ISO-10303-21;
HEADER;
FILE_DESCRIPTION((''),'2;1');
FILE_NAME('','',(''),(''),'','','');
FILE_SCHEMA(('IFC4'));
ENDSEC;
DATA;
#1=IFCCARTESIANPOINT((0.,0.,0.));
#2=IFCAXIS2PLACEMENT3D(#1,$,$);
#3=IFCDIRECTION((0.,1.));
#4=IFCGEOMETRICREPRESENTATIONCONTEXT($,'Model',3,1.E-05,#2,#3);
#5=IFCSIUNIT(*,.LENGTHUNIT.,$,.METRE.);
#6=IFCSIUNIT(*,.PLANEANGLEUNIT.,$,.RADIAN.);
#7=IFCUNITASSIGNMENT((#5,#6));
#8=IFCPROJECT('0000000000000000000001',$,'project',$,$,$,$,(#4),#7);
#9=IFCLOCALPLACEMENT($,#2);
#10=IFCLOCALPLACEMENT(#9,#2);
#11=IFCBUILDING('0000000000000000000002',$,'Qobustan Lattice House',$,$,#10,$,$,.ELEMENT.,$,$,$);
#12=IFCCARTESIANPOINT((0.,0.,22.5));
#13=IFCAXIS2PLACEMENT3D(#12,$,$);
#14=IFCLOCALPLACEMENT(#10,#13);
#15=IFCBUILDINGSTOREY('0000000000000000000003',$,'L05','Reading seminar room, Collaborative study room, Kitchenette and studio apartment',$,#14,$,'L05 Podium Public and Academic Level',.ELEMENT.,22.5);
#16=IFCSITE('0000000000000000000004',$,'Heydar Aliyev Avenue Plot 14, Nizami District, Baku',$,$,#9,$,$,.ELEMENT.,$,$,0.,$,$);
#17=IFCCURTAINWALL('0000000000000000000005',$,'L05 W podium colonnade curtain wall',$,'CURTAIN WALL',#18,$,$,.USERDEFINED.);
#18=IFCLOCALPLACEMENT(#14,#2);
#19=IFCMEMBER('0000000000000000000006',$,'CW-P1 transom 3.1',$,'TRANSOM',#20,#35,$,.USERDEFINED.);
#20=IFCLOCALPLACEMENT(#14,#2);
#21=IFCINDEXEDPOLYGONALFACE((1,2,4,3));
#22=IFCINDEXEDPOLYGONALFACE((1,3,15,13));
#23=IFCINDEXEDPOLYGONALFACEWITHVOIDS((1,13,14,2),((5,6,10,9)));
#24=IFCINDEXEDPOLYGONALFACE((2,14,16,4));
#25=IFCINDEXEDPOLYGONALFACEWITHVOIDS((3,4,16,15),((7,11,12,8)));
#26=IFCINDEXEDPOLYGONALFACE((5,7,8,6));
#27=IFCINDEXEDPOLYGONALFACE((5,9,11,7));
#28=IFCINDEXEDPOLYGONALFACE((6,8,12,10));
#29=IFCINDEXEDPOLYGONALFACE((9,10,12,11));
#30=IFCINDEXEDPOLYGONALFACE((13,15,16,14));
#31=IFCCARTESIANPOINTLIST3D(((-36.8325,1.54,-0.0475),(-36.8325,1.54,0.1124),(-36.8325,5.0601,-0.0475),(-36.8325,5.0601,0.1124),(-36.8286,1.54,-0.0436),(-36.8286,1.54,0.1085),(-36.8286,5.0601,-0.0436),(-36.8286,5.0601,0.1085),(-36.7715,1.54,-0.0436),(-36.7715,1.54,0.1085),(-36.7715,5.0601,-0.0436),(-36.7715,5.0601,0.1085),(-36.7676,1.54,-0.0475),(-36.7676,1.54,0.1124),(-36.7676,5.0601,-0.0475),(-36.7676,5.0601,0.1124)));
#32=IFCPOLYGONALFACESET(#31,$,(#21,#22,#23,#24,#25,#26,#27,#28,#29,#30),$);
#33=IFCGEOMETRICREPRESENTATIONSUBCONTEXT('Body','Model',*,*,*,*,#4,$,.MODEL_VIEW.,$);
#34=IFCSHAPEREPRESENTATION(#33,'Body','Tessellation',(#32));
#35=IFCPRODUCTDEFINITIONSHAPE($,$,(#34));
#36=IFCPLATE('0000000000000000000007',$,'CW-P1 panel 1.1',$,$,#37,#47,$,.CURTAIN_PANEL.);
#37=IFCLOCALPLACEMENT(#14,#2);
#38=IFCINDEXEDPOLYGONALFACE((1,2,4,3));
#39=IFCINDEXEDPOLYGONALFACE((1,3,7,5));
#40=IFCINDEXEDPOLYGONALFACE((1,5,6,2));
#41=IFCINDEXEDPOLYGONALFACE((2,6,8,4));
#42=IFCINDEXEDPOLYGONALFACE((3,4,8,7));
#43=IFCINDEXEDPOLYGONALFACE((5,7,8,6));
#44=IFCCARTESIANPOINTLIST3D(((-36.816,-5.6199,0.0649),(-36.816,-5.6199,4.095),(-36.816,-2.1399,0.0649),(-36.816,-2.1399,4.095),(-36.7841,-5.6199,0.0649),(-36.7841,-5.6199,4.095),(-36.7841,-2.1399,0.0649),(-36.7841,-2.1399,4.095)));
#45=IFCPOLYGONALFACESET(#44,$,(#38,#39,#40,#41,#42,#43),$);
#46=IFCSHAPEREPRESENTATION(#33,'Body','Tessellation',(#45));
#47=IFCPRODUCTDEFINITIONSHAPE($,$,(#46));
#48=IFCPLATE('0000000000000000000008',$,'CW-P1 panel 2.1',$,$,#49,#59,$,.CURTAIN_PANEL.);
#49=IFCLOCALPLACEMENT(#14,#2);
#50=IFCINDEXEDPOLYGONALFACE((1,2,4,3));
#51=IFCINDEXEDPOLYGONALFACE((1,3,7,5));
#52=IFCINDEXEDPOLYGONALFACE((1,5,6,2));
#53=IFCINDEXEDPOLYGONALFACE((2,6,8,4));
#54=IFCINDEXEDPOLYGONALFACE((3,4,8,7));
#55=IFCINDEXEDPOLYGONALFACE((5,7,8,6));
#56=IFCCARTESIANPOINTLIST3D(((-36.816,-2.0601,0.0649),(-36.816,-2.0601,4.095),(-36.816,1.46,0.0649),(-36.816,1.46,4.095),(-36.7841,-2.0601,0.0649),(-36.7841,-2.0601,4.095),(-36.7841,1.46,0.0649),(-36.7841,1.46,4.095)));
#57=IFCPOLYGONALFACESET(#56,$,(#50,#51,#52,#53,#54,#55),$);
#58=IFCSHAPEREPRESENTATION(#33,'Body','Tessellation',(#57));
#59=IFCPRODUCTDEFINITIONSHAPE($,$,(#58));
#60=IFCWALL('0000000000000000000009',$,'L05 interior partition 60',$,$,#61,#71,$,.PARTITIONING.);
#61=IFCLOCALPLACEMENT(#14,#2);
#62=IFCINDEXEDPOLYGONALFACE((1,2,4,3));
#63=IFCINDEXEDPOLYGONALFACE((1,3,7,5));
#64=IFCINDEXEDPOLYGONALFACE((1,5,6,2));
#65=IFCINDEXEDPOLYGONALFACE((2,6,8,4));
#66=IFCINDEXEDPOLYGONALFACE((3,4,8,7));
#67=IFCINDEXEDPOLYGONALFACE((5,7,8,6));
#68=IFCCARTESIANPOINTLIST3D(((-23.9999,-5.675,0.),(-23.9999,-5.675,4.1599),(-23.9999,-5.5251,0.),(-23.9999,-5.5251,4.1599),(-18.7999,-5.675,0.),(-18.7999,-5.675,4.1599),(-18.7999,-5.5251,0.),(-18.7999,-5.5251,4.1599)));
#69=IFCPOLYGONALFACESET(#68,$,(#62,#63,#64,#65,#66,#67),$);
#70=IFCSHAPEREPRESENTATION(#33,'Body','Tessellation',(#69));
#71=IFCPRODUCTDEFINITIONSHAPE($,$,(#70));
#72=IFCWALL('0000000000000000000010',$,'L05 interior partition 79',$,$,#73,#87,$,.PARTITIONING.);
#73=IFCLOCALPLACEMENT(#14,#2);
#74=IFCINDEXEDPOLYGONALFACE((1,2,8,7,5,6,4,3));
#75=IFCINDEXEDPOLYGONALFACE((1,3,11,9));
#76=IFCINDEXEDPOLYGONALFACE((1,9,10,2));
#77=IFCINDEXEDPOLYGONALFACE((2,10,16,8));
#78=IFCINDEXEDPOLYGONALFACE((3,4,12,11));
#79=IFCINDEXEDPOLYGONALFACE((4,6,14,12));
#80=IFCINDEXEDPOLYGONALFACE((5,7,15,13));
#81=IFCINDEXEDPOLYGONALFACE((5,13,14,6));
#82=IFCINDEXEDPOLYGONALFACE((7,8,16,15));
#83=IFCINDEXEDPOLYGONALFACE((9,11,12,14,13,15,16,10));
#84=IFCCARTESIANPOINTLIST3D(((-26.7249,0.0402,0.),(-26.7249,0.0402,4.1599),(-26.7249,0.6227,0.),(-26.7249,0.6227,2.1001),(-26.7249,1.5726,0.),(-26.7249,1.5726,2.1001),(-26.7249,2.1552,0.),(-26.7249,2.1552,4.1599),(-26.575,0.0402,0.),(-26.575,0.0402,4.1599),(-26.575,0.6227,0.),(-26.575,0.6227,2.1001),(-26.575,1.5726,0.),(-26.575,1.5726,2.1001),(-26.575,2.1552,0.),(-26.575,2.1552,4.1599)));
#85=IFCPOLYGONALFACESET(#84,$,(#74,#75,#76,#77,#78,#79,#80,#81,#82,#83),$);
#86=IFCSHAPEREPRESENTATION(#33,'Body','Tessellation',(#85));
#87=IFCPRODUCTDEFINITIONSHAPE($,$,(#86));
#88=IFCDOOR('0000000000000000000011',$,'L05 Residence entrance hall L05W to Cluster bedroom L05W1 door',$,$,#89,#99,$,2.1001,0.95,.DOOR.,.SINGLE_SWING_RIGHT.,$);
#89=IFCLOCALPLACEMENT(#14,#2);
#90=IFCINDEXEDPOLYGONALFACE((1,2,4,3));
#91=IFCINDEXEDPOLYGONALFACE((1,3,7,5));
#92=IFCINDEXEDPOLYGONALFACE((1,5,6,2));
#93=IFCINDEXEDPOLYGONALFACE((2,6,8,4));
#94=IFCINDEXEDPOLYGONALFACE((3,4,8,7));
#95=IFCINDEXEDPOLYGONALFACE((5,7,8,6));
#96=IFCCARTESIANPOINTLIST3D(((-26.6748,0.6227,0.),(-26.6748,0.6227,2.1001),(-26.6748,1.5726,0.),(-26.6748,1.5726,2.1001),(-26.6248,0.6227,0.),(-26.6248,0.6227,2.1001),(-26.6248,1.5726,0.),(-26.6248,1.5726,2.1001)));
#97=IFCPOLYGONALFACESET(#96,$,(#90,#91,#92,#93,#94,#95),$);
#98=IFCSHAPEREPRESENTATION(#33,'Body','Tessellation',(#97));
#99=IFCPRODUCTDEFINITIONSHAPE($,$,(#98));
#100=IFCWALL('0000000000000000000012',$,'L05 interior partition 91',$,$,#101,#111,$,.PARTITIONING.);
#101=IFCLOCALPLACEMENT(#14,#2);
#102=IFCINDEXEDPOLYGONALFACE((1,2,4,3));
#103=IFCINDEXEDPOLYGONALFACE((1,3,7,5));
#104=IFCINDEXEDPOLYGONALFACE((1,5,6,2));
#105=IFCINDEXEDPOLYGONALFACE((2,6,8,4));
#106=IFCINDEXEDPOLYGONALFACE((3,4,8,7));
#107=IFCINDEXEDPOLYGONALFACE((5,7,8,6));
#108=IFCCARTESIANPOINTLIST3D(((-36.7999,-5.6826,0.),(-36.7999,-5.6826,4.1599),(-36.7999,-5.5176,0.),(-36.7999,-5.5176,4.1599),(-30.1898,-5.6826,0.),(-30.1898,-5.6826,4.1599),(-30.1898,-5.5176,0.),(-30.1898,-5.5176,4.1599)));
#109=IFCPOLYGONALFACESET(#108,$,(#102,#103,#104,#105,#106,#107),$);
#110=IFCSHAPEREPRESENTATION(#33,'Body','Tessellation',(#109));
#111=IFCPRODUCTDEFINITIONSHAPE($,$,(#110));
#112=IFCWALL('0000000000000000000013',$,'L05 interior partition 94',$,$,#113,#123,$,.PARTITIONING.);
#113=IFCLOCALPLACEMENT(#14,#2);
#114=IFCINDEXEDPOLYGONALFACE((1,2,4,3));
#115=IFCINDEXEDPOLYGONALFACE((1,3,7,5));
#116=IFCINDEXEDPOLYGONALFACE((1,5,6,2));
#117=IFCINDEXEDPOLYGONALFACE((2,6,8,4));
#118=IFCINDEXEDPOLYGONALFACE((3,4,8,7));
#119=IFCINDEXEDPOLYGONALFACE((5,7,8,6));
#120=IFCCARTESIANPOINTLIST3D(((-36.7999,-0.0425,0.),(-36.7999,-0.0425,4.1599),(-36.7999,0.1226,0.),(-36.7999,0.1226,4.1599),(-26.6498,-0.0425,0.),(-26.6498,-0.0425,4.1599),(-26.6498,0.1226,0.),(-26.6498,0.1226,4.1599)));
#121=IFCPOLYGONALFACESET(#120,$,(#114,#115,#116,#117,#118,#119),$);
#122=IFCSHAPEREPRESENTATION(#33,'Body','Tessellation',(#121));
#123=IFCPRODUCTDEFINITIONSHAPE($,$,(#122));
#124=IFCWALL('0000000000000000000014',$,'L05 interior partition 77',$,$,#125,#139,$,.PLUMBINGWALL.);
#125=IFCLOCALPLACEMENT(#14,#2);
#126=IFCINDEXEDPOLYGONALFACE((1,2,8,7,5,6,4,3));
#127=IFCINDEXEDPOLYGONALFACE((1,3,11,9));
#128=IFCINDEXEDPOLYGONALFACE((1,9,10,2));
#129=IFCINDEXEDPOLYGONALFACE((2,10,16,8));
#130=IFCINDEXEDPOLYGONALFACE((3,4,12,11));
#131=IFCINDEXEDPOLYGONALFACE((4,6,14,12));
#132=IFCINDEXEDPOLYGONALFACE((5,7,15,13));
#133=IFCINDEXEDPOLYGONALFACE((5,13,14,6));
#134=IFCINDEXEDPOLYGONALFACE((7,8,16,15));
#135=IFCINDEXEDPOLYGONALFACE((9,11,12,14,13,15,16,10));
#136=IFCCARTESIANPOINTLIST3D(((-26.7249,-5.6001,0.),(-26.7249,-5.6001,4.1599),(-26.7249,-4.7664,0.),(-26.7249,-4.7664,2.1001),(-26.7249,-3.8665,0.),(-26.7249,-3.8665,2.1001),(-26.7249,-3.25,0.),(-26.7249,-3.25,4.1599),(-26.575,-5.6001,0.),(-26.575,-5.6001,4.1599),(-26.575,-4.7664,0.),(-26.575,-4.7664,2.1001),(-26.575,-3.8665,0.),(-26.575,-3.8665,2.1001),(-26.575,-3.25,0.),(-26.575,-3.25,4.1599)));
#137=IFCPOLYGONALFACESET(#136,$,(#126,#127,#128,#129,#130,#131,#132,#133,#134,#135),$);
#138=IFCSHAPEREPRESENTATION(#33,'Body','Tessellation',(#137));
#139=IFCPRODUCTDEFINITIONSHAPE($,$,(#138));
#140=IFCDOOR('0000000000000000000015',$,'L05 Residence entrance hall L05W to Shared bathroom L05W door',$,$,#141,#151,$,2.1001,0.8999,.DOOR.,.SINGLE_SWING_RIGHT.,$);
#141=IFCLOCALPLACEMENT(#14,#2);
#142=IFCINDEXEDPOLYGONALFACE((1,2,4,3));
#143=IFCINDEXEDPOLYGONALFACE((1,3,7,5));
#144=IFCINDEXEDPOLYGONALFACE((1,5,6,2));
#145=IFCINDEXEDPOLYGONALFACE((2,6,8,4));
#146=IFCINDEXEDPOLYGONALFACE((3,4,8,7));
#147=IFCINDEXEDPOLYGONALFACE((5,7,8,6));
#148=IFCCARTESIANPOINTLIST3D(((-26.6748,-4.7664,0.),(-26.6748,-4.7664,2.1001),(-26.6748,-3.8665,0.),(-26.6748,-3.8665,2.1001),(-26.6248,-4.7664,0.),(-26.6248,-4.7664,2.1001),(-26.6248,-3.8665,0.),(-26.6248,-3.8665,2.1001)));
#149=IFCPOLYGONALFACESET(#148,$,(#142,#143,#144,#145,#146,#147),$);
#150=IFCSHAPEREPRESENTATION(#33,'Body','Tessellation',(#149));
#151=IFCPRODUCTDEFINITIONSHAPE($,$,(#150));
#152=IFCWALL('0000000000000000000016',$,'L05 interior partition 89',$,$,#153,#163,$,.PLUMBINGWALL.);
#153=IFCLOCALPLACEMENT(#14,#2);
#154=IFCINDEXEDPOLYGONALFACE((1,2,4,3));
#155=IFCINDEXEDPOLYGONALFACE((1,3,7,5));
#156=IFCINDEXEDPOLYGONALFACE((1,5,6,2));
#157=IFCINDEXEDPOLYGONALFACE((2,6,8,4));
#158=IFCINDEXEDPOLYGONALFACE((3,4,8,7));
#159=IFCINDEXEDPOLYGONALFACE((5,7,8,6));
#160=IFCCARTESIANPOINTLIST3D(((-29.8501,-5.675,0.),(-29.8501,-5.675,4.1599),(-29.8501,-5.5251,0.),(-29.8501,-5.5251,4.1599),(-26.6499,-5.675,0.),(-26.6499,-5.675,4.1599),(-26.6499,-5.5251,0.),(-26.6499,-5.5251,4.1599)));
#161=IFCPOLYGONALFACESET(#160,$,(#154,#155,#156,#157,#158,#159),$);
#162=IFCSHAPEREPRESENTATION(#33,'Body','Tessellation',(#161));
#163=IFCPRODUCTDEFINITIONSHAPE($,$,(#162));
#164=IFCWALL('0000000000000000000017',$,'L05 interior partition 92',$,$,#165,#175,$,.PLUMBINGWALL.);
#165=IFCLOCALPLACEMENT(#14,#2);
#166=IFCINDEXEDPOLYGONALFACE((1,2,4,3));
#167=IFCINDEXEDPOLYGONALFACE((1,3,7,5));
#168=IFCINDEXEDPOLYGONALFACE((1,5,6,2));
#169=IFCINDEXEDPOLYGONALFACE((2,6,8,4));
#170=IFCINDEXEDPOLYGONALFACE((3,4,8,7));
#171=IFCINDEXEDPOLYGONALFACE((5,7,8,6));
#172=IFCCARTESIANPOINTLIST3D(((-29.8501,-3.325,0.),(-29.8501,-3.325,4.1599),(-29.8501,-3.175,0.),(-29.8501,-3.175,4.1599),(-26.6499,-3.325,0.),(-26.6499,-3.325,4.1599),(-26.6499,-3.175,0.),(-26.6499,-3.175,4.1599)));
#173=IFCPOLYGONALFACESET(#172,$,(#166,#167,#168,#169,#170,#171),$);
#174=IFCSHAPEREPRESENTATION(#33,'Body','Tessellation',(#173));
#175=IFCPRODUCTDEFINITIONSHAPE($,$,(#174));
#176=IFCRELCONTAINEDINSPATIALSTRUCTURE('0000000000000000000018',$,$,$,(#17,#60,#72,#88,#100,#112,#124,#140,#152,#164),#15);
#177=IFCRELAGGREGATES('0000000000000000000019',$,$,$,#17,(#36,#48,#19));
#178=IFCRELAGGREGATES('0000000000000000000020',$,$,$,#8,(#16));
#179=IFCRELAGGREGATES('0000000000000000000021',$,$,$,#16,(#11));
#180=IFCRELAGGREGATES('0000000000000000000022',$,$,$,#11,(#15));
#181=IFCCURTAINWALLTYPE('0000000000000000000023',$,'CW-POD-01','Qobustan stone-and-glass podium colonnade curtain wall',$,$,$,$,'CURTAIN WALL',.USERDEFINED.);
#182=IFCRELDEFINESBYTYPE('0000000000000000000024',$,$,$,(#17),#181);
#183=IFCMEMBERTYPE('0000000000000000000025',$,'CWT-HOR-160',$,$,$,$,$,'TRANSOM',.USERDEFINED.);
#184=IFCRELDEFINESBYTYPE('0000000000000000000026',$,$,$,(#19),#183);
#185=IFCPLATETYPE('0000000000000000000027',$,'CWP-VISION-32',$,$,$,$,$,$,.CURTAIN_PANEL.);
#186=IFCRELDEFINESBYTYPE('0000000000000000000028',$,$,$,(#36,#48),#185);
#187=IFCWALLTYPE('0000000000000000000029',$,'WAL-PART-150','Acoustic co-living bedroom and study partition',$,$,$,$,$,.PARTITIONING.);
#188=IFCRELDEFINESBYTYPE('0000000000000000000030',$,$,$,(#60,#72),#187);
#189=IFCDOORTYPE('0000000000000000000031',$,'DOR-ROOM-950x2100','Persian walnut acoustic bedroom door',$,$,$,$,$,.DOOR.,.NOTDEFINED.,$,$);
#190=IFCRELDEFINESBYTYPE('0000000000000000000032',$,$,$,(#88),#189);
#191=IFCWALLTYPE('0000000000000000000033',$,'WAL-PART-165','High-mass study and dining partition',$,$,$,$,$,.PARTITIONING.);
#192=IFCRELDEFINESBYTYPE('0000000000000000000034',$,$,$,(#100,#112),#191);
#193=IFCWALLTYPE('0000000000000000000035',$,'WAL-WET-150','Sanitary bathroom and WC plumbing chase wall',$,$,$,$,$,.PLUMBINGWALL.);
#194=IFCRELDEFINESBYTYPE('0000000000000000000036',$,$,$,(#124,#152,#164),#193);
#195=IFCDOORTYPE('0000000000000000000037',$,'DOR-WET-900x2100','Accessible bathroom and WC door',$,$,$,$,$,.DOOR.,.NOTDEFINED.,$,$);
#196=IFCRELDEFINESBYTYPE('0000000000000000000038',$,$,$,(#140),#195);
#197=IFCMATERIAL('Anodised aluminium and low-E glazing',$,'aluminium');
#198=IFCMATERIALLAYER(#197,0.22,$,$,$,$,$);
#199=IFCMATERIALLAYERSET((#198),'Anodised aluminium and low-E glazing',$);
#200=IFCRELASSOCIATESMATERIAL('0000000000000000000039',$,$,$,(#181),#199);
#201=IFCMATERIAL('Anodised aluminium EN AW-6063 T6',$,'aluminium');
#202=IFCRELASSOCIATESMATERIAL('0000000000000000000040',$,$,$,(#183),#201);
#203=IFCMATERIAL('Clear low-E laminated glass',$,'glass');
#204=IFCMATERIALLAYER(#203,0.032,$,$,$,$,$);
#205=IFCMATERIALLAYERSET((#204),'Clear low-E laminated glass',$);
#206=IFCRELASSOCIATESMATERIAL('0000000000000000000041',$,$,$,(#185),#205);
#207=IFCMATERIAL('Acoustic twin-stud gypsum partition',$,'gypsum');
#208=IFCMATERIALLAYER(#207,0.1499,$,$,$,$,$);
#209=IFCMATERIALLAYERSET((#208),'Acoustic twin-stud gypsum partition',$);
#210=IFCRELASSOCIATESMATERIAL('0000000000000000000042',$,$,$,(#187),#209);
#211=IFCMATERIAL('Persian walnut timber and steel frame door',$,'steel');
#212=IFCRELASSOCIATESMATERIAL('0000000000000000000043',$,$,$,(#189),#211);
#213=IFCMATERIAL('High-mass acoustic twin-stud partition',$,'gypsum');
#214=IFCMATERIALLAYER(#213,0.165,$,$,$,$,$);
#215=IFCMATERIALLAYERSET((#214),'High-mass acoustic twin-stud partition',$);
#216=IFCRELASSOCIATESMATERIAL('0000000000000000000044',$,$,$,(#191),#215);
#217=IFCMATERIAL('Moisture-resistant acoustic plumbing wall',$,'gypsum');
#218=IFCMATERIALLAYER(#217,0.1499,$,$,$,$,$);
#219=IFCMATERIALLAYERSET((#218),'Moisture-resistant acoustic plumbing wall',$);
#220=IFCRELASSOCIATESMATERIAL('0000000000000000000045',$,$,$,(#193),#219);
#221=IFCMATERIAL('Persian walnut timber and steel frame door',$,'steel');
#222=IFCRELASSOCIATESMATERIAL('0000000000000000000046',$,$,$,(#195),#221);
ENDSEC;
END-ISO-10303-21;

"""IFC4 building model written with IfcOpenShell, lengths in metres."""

from ifc_helpers import new_model, si_unit, direction, frame, frame_2d, origin, origin_2d, place, context, subcontext, project, spatial, rectangle, hollow_rectangle, extrude, material, layer, layer_set, material_profile, profile_set, type_object, element, fill, aggregate, save


model = new_model("IFC4")

# Units and contexts
model_context = context("Model", 3, precision=1e-05, world=origin(), true_north=direction((0.0, 1.0)))
body_context = subcontext(model_context, "Body", "Model", "MODEL_VIEW")
ifc_project = project(units=[si_unit("LENGTHUNIT", "METRE"), si_unit("PLANEANGLEUNIT", "RADIAN")], contexts=[model_context])

# Site, building, storey
site_placement = place(None, origin())
site = spatial("IfcSite", under=ifc_project, at=site_placement, Name="Heydar Aliyev Avenue Plot 14, Nizami District, Baku", CompositionType="ELEMENT", RefElevation=0.0)
building_placement = place(site_placement, origin())
building = spatial("IfcBuilding", under=site, at=building_placement, Name="Qobustan Lattice House", CompositionType="ELEMENT")
storey_placement = place(building_placement, frame((0.0, 0.0, 22.5)))
storey = spatial("IfcBuildingStorey", under=building, at=storey_placement, Name="L05", Description="Reading seminar room, Collaborative study room, Kitchenette and studio apartment", LongName="L05 Podium Public and Academic Level", CompositionType="ELEMENT", Elevation=22.5)

# Curtain wall, member, plates
ifc_material_1 = material(Name="Anodised aluminium and low-E glazing", Category="aluminium")
ifc_layer_1 = layer(ifc_material_1, 0.22)
ifc_layer_set_1 = layer_set([ifc_layer_1], Name="Anodised aluminium and low-E glazing")
curtain_wall_type = type_object("IfcCurtainWallType", Name="CW-POD-01", Description="Qobustan stone-and-glass podium colonnade curtain wall", ElementType="CURTAIN WALL", PredefinedType="USERDEFINED", material=ifc_layer_set_1)
curtain_wall_placement = place(storey_placement, origin())
curtain_wall = element("IfcCurtainWall", 1, at=curtain_wall_placement, inside=storey, type_object=curtain_wall_type, Name="L05 W podium colonnade curtain wall", ObjectType="CURTAIN WALL", PredefinedType="USERDEFINED")
ifc_material_2 = material(Name="Anodised aluminium EN AW-6063 T6", Category="aluminium")
ifc_material_profile_1 = material_profile(ifc_material_2, hollow_rectangle(XDim=0.0649, YDim=0.1599, WallThickness=0.0039, at=origin_2d()), Name="CWT-160x65")
ifc_profile_set_1 = profile_set([ifc_material_profile_1], Name="Anodised aluminium EN AW-6063 T6")
member_type_1 = type_object("IfcMemberType", Name="CWT-HOR-160", ElementType="TRANSOM", PredefinedType="USERDEFINED", material=ifc_profile_set_1)
member_1_placement = place(storey_placement, frame((-36.8, 1.54, 0.0325), z_axis=(0.0, 1.0, 0.0), x_axis=(-1.0, 0.0, 0.0)))
member_1 = element("IfcMember", 2, at=member_1_placement, type_object=member_type_1, Name="CW-P1 transom 3.1", ObjectType="TRANSOM", PredefinedType="USERDEFINED", context=body_context, shape_type="SweptSolid", body=[
    extrude(hollow_rectangle(XDim=0.0649, YDim=0.1599, WallThickness=0.0039, at=origin_2d()), origin(), (0.0, 0.0, 1.0), 3.52),
])
ifc_material_3 = material(Name="Clear low-E laminated glass", Category="glass")
ifc_layer_2 = layer(ifc_material_3, 0.032)
ifc_layer_set_2 = layer_set([ifc_layer_2], Name="Clear low-E laminated glass")
plate_type = type_object("IfcPlateType", Name="CWP-VISION-32", PredefinedType="CURTAIN_PANEL", material=ifc_layer_set_2)
plate_1_placement = place(storey_placement, frame((-36.8, -3.8799, 0.0649), z_axis=(0.0, 0.0, 1.0), x_axis=(0.0, 1.0, 0.0)))
plate_1 = element("IfcPlate", 3, at=plate_1_placement, type_object=plate_type, Name="CW-P1 panel 1.1", PredefinedType="CURTAIN_PANEL", context=body_context, shape_type="SweptSolid", body=[
    extrude(rectangle(XDim=3.48, YDim=0.032, at=origin_2d()), origin(), (0.0, 0.0, 1.0), 4.03),
])
plate_2_placement = place(storey_placement, frame((-36.8, -0.3, 0.0649), z_axis=(0.0, 0.0, 1.0), x_axis=(0.0, 1.0, 0.0)))
plate_2 = element("IfcPlate", 4, at=plate_2_placement, type_object=plate_type, Name="CW-P1 panel 2.1", PredefinedType="CURTAIN_PANEL", context=body_context, shape_type="SweptSolid", body=[
    extrude(rectangle(XDim=3.52, YDim=0.032, at=origin_2d()), origin(), (0.0, 0.0, 1.0), 4.03),
])
aggregate(curtain_wall, [plate_1, plate_2, member_1])

# Wall
ifc_material_4 = material(Name="Acoustic twin-stud gypsum partition", Category="gypsum")
ifc_layer_3 = layer(ifc_material_4, 0.1499)
ifc_layer_set_3 = layer_set([ifc_layer_3], Name="Acoustic twin-stud gypsum partition")
wall_type_1 = type_object("IfcWallType", Name="WAL-PART-150", Description="Acoustic co-living bedroom and study partition", PredefinedType="PARTITIONING", material=ifc_layer_set_3)
wall_1_placement = place(storey_placement, frame((-24.0, -5.6001, 0.0), z_axis=(0.0, 0.0, 1.0), x_axis=(1.0, 0.0, 0.0)))
element("IfcWall", 5, at=wall_1_placement, inside=storey, type_object=wall_type_1, Name="L05 interior partition 60", PredefinedType="PARTITIONING", context=body_context, shape_type="SweptSolid", body=[
    extrude(rectangle(XDim=5.2, YDim=0.1499, at=frame_2d((2.6001, 0.0))), origin(), (0.0, 0.0, 1.0), 4.1599),
])

# Wall, opening, door
wall_2_placement = place(storey_placement, frame((-26.6499, 0.04, 0.0), z_axis=(0.0, 0.0, 1.0), x_axis=(0.0, 1.0, 0.0)))
wall_2 = element("IfcWall", 6, at=wall_2_placement, inside=storey, type_object=wall_type_1, Name="L05 interior partition 79", PredefinedType="PARTITIONING", context=body_context, shape_type="SweptSolid", body=[
    extrude(rectangle(XDim=2.115, YDim=0.1499, at=frame_2d((1.0576, 0.0))), origin(), (0.0, 0.0, 1.0), 4.1599),
])
opening_1_placement = place(wall_2_placement, frame((0.5825, 0.0, 0.0)))
opening_1 = element("IfcOpeningElement", 7, at=opening_1_placement, cuts=wall_2, PredefinedType="OPENING", context=body_context, shape_type="SweptSolid", body=[
    extrude(rectangle(XDim=0.95, YDim=2.1001, at=frame_2d((0.4751, 1.05))), frame((0.0, 0.085, 0.0), z_axis=(0.0, -1.0, 0.0), x_axis=(1.0, 0.0, 0.0)), (0.0, 0.0, 1.0), 0.1699),
])
ifc_material_5 = material(Name="Persian walnut timber and steel frame door", Category="steel")
door_type_1 = type_object("IfcDoorType", Name="DOR-ROOM-950x2100", Description="Persian walnut acoustic bedroom door", OperationType="NOTDEFINED", PredefinedType="DOOR", material=ifc_material_5)
door_1_placement = place(opening_1_placement, origin())
door_1 = element("IfcDoor", 8, at=door_1_placement, inside=storey, type_object=door_type_1, Name="L05 Residence entrance hall L05W to Cluster bedroom L05W1 door", OperationType="SINGLE_SWING_RIGHT", OverallHeight=2.1001, OverallWidth=0.95, PredefinedType="DOOR", context=body_context, shape_type="SweptSolid", body=[
    extrude(rectangle(XDim=0.95, YDim=2.1001, at=frame_2d((0.4751, 1.05))), frame((0.0, 0.0249, 0.0), z_axis=(0.0, -1.0, 0.0), x_axis=(1.0, 0.0, 0.0)), (0.0, 0.0, 1.0), 0.05),
])
fill(opening_1, door_1)
ifc_material_6 = material(Name="High-mass acoustic twin-stud partition", Category="gypsum")
ifc_layer_4 = layer(ifc_material_6, 0.165)
ifc_layer_set_4 = layer_set([ifc_layer_4], Name="High-mass acoustic twin-stud partition")
wall_type_2 = type_object("IfcWallType", Name="WAL-PART-165", Description="High-mass study and dining partition", PredefinedType="PARTITIONING", material=ifc_layer_set_4)

# Walls
wall_3_placement = place(storey_placement, frame((-36.8, -5.6001, 0.0), z_axis=(0.0, 0.0, 1.0), x_axis=(1.0, 0.0, 0.0)))
element("IfcWall", 9, at=wall_3_placement, inside=storey, type_object=wall_type_2, Name="L05 interior partition 91", PredefinedType="PARTITIONING", context=body_context, shape_type="SweptSolid", body=[
    extrude(rectangle(XDim=6.6101, YDim=0.165, at=frame_2d((3.3052, 0.0))), origin(), (0.0, 0.0, 1.0), 4.1599),
])
wall_4_placement = place(storey_placement, frame((-36.8, 0.04, 0.0), z_axis=(0.0, 0.0, 1.0), x_axis=(1.0, 0.0, 0.0)))
element("IfcWall", 10, at=wall_4_placement, inside=storey, type_object=wall_type_2, Name="L05 interior partition 94", PredefinedType="PARTITIONING", context=body_context, shape_type="SweptSolid", body=[
    extrude(rectangle(XDim=10.1501, YDim=0.165, at=frame_2d((5.0752, 0.0))), origin(), (0.0, 0.0, 1.0), 4.1599),
])

# Wall, opening, door
ifc_material_7 = material(Name="Moisture-resistant acoustic plumbing wall", Category="gypsum")
ifc_layer_5 = layer(ifc_material_7, 0.1499)
ifc_layer_set_5 = layer_set([ifc_layer_5], Name="Moisture-resistant acoustic plumbing wall")
wall_type_3 = type_object("IfcWallType", Name="WAL-WET-150", Description="Sanitary bathroom and WC plumbing chase wall", PredefinedType="PLUMBINGWALL", material=ifc_layer_set_5)
wall_5_placement = place(storey_placement, frame((-26.6499, -5.6001, 0.0), z_axis=(0.0, 0.0, 1.0), x_axis=(0.0, 1.0, 0.0)))
wall_5 = element("IfcWall", 11, at=wall_5_placement, inside=storey, type_object=wall_type_3, Name="L05 interior partition 77", PredefinedType="PLUMBINGWALL", context=body_context, shape_type="SweptSolid", body=[
    extrude(rectangle(XDim=2.3501, YDim=0.1499, at=frame_2d((1.175, 0.0))), origin(), (0.0, 0.0, 1.0), 4.1599),
])
opening_2_placement = place(wall_5_placement, frame((0.8337, 0.0, 0.0)))
opening_2 = element("IfcOpeningElement", 12, at=opening_2_placement, cuts=wall_5, PredefinedType="OPENING", context=body_context, shape_type="SweptSolid", body=[
    extrude(rectangle(XDim=0.8999, YDim=2.1001, at=frame_2d((0.45, 1.05))), frame((0.0, 0.085, 0.0), z_axis=(0.0, -1.0, 0.0), x_axis=(1.0, 0.0, 0.0)), (0.0, 0.0, 1.0), 0.1699),
])
ifc_material_8 = material(Name="Persian walnut timber and steel frame door", Category="steel")
door_type_2 = type_object("IfcDoorType", Name="DOR-WET-900x2100", Description="Accessible bathroom and WC door", OperationType="NOTDEFINED", PredefinedType="DOOR", material=ifc_material_8)
door_2_placement = place(opening_2_placement, origin())
door_2 = element("IfcDoor", 13, at=door_2_placement, inside=storey, type_object=door_type_2, Name="L05 Residence entrance hall L05W to Shared bathroom L05W door", OperationType="SINGLE_SWING_RIGHT", OverallHeight=2.1001, OverallWidth=0.8999, PredefinedType="DOOR", context=body_context, shape_type="SweptSolid", body=[
    extrude(rectangle(XDim=0.8999, YDim=2.1001, at=frame_2d((0.45, 1.05))), frame((0.0, 0.0249, 0.0), z_axis=(0.0, -1.0, 0.0), x_axis=(1.0, 0.0, 0.0)), (0.0, 0.0, 1.0), 0.05),
])
fill(opening_2, door_2)

# Walls
for number, where, z_axis, x_axis, name in (
    (14, (-29.8501, -5.6001, 0.0), (0.0, 0.0, 1.0), (1.0, 0.0, 0.0), "L05 interior partition 89"),
    (15, (-29.8501, -3.25, 0.0), (0.0, 0.0, 1.0), (1.0, 0.0, 0.0), "L05 interior partition 92"),
):
    element("IfcWall", number, at=place(storey_placement, frame(where, z_axis=z_axis, x_axis=x_axis)), inside=storey, type_object=wall_type_3, Name=name, PredefinedType="PLUMBINGWALL", context=body_context, shape_type="SweptSolid", body=[
        extrude(rectangle(XDim=3.2002, YDim=0.1499, at=frame_2d((1.6001, 0.0))), origin(), (0.0, 0.0, 1.0), 4.1599),
    ])

save(model, "model.ifc")
